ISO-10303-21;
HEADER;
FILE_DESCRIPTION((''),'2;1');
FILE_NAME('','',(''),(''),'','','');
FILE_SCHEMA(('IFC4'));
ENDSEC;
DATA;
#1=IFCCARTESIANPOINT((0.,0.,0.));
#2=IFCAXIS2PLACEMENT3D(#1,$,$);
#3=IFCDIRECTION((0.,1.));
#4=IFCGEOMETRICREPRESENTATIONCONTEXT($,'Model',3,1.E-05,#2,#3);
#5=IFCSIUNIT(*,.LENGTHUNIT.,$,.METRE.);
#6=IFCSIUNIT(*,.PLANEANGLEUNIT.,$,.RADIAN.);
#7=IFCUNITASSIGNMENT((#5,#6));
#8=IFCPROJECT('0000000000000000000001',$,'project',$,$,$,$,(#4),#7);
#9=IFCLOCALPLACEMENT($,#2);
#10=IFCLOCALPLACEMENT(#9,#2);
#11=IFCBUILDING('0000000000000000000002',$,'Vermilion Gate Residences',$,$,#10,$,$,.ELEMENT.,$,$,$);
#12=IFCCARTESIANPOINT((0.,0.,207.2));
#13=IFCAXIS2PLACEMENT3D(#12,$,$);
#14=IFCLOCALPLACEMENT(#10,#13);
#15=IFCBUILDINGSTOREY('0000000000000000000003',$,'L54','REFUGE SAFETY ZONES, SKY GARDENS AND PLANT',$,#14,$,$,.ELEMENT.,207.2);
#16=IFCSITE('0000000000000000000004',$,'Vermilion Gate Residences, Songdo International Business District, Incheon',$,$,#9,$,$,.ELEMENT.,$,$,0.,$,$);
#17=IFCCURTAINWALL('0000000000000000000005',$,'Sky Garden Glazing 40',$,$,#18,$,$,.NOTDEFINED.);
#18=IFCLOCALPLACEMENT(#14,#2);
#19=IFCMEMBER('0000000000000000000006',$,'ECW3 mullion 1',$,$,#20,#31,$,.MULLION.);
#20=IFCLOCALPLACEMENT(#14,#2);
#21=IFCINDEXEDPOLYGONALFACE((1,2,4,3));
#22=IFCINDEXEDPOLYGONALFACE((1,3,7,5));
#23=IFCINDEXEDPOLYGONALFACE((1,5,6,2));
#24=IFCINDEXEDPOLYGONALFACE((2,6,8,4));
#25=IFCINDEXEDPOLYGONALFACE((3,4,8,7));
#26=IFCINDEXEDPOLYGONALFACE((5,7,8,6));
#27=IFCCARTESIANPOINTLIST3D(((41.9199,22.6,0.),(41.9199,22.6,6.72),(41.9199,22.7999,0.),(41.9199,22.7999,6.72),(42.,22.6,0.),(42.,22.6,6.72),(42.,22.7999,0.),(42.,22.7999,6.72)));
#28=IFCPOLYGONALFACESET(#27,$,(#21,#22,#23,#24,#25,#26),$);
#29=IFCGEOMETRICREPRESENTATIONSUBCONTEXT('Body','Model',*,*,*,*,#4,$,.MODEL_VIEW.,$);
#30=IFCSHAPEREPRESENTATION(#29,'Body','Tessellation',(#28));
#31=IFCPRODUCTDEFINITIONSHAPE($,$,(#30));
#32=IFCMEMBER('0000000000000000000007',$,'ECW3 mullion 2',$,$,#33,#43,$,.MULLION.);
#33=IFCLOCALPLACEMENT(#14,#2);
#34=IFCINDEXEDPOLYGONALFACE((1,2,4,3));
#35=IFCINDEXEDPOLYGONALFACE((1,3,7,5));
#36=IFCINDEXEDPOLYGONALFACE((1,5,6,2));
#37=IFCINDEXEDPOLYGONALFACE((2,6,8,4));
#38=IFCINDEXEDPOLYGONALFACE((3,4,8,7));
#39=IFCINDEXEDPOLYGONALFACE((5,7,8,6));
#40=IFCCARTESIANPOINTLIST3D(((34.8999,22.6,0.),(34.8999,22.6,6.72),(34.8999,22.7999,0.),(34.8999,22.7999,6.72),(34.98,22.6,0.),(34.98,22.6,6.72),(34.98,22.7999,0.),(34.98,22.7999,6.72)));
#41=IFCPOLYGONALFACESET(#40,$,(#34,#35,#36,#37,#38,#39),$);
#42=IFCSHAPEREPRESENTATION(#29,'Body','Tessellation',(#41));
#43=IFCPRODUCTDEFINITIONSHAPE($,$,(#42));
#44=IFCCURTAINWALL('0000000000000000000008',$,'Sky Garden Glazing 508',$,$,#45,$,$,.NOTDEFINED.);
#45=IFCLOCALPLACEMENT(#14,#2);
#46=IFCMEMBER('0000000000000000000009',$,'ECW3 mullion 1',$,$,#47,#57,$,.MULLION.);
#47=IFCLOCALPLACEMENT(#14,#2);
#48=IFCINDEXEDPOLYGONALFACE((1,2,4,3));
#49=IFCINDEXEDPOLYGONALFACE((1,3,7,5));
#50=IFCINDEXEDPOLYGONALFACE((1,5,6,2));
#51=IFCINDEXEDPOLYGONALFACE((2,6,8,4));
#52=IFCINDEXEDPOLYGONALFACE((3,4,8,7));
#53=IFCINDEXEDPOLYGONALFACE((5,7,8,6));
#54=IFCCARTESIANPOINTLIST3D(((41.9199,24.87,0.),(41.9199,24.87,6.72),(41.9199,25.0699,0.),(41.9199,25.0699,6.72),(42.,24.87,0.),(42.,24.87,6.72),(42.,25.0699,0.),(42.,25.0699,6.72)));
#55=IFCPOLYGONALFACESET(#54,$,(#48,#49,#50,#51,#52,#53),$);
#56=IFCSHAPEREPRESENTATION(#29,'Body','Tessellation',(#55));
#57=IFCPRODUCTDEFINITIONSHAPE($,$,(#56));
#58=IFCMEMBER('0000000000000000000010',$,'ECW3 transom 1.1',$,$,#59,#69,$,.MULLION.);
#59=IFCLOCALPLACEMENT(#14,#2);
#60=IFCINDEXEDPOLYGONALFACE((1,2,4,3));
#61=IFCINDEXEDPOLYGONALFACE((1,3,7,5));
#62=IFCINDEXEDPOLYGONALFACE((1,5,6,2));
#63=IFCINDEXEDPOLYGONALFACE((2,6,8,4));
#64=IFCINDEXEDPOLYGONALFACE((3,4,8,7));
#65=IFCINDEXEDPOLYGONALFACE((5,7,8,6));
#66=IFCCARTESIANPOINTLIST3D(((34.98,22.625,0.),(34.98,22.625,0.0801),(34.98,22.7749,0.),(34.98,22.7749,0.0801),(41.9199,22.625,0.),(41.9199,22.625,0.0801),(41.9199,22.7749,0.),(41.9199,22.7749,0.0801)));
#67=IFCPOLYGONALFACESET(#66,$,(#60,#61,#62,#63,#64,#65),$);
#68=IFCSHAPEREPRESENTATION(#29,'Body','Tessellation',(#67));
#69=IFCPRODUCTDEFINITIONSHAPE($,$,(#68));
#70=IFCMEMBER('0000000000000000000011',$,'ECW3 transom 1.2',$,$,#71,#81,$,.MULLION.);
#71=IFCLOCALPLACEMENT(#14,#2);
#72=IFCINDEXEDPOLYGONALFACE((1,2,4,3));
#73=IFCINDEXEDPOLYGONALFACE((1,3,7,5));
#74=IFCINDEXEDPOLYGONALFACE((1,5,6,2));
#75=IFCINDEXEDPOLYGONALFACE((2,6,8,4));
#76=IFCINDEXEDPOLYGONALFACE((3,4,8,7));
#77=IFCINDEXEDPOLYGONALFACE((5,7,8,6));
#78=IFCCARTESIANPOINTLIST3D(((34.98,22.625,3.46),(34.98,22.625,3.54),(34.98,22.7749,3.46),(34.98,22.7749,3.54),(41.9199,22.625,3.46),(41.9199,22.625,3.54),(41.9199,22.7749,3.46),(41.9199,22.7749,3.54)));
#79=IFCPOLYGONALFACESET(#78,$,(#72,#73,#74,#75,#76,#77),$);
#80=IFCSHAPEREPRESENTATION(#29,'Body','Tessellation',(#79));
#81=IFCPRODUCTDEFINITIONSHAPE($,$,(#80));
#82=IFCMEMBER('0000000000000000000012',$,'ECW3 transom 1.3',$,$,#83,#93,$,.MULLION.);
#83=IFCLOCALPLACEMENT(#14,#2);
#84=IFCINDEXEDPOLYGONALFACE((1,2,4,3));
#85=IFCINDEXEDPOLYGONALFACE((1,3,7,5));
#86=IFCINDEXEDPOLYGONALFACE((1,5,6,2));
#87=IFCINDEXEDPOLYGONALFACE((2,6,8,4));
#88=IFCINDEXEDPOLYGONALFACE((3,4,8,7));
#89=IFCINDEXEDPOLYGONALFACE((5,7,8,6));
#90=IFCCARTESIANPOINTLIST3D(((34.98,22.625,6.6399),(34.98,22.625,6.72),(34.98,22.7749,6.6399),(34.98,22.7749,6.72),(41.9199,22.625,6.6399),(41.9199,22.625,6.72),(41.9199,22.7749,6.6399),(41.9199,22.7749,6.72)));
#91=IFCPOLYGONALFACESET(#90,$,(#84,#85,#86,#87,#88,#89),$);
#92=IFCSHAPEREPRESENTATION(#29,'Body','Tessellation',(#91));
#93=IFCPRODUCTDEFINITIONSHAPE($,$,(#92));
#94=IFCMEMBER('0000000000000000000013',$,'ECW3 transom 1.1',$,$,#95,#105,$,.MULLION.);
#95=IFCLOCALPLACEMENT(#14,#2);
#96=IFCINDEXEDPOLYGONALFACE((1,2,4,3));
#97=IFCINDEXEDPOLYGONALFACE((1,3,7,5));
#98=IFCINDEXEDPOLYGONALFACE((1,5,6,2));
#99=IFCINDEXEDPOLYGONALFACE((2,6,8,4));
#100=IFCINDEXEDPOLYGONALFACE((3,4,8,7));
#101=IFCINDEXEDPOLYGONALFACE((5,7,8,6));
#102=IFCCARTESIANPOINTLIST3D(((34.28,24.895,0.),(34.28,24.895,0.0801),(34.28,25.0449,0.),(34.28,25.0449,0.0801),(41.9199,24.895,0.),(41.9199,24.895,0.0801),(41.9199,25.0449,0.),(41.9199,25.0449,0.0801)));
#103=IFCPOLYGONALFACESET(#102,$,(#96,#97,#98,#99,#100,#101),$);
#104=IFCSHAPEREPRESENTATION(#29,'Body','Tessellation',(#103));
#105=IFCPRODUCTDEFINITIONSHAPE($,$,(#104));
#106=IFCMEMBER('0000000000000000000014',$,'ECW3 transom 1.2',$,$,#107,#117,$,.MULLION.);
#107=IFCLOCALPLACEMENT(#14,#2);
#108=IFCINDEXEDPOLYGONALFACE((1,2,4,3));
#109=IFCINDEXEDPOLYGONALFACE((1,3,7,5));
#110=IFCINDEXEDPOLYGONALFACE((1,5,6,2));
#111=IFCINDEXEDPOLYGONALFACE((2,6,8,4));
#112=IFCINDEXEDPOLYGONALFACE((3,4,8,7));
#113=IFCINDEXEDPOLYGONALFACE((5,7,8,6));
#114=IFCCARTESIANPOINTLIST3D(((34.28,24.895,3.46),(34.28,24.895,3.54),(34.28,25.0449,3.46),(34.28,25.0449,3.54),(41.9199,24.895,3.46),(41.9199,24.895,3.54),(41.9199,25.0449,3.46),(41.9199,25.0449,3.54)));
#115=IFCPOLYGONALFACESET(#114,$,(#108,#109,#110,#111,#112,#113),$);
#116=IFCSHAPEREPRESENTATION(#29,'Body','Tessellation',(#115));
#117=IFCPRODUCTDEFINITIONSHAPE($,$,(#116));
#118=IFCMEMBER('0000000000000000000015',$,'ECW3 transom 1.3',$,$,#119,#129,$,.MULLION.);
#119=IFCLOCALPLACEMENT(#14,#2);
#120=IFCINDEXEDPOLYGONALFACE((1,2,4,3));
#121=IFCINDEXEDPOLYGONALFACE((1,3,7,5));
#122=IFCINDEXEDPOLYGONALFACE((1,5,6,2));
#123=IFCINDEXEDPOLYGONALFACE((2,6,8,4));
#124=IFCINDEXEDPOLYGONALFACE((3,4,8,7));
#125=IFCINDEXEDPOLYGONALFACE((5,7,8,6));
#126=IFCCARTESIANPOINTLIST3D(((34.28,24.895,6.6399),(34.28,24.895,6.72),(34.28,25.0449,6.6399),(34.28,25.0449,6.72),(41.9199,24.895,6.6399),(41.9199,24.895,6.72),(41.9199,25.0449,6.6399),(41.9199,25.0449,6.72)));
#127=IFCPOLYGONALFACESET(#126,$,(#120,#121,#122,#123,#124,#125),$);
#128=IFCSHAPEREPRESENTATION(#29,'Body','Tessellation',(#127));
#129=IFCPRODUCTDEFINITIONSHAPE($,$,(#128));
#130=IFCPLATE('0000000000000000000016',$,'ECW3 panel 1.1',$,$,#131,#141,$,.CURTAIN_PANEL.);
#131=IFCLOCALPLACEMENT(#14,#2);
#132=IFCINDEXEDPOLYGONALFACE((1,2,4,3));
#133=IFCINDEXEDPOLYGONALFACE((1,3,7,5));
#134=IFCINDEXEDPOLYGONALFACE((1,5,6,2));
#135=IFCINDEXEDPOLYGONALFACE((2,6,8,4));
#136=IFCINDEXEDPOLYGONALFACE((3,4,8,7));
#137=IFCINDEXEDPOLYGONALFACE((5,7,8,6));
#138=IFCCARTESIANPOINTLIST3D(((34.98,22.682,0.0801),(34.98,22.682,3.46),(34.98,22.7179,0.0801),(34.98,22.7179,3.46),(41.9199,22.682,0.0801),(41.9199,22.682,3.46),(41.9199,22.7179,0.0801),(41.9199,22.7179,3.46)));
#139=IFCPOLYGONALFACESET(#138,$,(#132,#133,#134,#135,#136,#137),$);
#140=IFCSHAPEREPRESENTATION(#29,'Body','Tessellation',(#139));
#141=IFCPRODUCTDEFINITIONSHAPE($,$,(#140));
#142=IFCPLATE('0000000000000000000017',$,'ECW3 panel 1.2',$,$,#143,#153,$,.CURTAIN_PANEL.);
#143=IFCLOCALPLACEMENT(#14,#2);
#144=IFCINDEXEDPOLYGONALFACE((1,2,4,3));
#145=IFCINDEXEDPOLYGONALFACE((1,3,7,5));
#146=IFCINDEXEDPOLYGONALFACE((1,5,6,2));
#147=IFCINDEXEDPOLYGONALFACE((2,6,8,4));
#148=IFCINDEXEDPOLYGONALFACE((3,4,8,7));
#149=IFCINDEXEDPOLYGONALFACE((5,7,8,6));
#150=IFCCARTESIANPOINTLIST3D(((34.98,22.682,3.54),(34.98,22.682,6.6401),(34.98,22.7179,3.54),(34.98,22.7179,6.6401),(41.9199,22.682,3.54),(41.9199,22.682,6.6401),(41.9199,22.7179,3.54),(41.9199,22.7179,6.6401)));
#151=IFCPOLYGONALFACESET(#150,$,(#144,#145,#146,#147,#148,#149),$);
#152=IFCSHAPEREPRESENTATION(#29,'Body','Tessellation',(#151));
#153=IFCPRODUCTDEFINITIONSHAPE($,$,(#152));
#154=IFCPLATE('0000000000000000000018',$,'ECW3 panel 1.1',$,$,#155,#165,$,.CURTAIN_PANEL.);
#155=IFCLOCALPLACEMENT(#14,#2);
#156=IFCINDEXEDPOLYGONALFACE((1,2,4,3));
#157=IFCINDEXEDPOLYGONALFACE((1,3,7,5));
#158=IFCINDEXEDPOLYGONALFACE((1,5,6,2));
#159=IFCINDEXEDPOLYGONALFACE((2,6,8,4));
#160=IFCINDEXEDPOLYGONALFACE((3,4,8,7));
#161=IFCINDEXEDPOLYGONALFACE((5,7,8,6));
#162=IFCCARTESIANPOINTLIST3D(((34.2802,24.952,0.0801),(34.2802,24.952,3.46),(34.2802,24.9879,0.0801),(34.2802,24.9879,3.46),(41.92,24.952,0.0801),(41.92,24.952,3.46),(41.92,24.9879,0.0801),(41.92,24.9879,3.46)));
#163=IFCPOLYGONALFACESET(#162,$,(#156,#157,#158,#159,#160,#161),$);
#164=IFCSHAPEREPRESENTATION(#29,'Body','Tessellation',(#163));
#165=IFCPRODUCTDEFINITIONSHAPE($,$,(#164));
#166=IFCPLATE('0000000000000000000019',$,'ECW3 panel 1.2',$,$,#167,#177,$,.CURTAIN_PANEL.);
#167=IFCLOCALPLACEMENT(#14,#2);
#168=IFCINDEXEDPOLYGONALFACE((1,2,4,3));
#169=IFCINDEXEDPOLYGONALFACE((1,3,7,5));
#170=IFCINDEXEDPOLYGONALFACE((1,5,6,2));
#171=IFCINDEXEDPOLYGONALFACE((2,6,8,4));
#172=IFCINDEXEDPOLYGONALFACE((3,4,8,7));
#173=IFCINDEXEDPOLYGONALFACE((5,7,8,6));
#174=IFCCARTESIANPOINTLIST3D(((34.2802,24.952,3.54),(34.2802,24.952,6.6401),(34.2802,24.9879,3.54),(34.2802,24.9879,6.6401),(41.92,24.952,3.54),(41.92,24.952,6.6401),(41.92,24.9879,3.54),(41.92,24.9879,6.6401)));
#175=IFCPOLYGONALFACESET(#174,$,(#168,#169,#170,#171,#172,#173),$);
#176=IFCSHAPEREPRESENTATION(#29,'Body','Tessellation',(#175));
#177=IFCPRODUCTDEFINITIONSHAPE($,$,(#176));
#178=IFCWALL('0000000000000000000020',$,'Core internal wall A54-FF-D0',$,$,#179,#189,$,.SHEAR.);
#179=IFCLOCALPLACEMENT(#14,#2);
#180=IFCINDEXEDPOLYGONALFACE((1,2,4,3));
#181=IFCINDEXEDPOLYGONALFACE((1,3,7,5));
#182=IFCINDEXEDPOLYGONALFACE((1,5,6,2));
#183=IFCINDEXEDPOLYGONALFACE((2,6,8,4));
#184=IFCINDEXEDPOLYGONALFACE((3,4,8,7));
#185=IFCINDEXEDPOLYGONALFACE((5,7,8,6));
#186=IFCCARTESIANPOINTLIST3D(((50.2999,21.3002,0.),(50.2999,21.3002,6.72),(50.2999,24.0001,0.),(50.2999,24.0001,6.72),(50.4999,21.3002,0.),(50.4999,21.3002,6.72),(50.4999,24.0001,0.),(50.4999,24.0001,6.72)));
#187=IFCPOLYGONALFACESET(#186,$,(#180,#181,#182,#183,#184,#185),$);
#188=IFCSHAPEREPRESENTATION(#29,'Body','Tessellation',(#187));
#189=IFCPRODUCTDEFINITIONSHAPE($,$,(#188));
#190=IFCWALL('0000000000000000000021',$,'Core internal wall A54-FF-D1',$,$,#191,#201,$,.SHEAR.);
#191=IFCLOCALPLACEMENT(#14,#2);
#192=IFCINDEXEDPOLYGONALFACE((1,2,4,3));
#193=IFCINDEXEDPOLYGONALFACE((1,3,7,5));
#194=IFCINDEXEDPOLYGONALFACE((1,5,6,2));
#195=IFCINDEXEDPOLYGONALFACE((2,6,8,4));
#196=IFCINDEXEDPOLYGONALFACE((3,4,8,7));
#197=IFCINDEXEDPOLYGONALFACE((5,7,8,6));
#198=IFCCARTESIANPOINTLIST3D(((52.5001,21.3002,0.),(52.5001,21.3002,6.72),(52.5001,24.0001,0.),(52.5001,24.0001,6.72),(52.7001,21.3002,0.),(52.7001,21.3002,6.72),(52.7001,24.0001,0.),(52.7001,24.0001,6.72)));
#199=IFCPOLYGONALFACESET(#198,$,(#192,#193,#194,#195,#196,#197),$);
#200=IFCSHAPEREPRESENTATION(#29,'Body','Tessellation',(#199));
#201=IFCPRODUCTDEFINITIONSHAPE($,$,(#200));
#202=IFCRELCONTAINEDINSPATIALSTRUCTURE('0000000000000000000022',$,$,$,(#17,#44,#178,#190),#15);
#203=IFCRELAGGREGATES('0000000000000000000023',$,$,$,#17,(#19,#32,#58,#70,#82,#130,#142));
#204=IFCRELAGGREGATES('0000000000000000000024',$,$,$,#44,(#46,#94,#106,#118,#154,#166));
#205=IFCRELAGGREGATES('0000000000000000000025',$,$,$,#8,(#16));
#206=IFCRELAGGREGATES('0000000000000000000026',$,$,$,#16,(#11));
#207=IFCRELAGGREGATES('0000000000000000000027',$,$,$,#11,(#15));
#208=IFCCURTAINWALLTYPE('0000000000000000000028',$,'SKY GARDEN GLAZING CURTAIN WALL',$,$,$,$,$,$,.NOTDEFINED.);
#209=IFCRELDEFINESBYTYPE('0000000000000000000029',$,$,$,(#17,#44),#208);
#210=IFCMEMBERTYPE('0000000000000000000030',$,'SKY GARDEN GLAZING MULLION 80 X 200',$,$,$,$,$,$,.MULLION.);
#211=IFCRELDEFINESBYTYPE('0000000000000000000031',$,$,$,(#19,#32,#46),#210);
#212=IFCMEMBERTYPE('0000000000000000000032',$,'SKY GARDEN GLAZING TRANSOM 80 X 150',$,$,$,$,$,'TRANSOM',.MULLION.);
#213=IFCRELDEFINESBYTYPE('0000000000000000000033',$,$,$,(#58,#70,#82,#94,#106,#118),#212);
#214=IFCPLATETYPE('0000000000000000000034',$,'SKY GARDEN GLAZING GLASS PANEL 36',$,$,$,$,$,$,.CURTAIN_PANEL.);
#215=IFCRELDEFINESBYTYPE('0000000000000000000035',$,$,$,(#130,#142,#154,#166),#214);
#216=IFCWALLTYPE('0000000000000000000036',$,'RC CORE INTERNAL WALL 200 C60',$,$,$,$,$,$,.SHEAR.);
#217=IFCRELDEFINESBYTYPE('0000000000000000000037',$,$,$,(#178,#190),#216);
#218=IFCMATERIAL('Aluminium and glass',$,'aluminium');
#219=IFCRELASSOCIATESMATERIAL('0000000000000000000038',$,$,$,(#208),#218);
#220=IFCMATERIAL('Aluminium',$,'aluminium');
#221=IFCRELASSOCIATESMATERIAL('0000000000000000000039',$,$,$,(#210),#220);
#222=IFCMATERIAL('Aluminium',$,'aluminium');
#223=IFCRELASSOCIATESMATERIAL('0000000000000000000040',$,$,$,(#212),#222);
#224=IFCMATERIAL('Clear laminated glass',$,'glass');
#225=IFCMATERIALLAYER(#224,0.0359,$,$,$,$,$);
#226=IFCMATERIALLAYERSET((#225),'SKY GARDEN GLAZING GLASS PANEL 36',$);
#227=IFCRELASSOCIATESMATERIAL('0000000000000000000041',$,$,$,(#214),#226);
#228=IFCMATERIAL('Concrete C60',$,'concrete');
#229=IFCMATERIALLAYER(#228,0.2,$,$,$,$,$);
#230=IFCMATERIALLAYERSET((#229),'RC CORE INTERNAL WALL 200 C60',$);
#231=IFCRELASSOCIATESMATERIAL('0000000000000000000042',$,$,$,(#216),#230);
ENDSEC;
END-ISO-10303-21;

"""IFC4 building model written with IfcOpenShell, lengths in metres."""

from ifc_helpers import new_model, si_unit, direction, frame, frame_2d, origin, origin_2d, place, context, subcontext, project, spatial, rectangle, extrude, material, layer, layer_set, material_profile, profile_set, type_object, element, aggregate, save


model = new_model("IFC4")

# Units and contexts
model_context = context("Model", 3, precision=1e-05, world=origin(), true_north=direction((0.0, 1.0)))
body_context = subcontext(model_context, "Body", "Model", "MODEL_VIEW")
ifc_project = project(units=[si_unit("LENGTHUNIT", "METRE"), si_unit("PLANEANGLEUNIT", "RADIAN")], contexts=[model_context])

# Site, building, storey
site_placement = place(None, origin())
site = spatial("IfcSite", under=ifc_project, at=site_placement, Name="Vermilion Gate Residences, Songdo International Business District, Incheon", CompositionType="ELEMENT", RefElevation=0.0)
building_placement = place(site_placement, origin())
building = spatial("IfcBuilding", under=site, at=building_placement, Name="Vermilion Gate Residences", CompositionType="ELEMENT")
storey_placement = place(building_placement, frame((0.0, 0.0, 207.2)))
storey = spatial("IfcBuildingStorey", under=building, at=storey_placement, Name="L54", Description="REFUGE SAFETY ZONES, SKY GARDENS AND PLANT", CompositionType="ELEMENT", Elevation=207.2)

# Curtain wall, members
ifc_material_1 = material(Name="Aluminium and glass", Category="aluminium")
curtain_wall_type = type_object("IfcCurtainWallType", Name="SKY GARDEN GLAZING CURTAIN WALL", PredefinedType="NOTDEFINED", material=ifc_material_1)
curtain_wall_1_placement = place(storey_placement, origin())
curtain_wall_1 = element("IfcCurtainWall", 1, at=curtain_wall_1_placement, inside=storey, type_object=curtain_wall_type, Name="Sky Garden Glazing 40", PredefinedType="NOTDEFINED")
ifc_material_2 = material(Name="Aluminium", Category="aluminium")
ifc_material_profile_1 = material_profile(ifc_material_2, rectangle(XDim=0.2, YDim=0.0801, at=origin_2d()), Name="MULLION 80 X 200")
ifc_profile_set_1 = profile_set([ifc_material_profile_1], Name="Aluminium")
member_type_1 = type_object("IfcMemberType", Name="SKY GARDEN GLAZING MULLION 80 X 200", PredefinedType="MULLION", material=ifc_profile_set_1)
member_1_placement = place(storey_placement, frame((41.96, 22.7, 0.0), z_axis=(0.0, 0.0, 1.0), x_axis=(0.0, -1.0, 0.0)))
member_1 = element("IfcMember", 2, at=member_1_placement, type_object=member_type_1, Name="ECW3 mullion 1", PredefinedType="MULLION", context=body_context, shape_type="SweptSolid", body=[
    extrude(rectangle(XDim=0.2, YDim=0.0801, at=origin_2d()), origin(), (0.0, 0.0, 1.0), 6.72),
])
member_2_placement = place(storey_placement, frame((34.9399, 22.7, 0.0), z_axis=(0.0, 0.0, 1.0), x_axis=(0.0, -1.0, 0.0)))
member_2 = element("IfcMember", 3, at=member_2_placement, type_object=member_type_1, Name="ECW3 mullion 2", PredefinedType="MULLION", context=body_context, shape_type="SweptSolid", body=[
    extrude(rectangle(XDim=0.2, YDim=0.0801, at=origin_2d()), origin(), (0.0, 0.0, 1.0), 6.72),
])

# Curtain wall, member
curtain_wall_2_placement = place(storey_placement, origin())
curtain_wall_2 = element("IfcCurtainWall", 4, at=curtain_wall_2_placement, inside=storey, type_object=curtain_wall_type, Name="Sky Garden Glazing 508", PredefinedType="NOTDEFINED")
member_3_placement = place(storey_placement, frame((41.96, 24.97, 0.0), z_axis=(0.0, 0.0, 1.0), x_axis=(0.0, -1.0, 0.0)))
member_3 = element("IfcMember", 5, at=member_3_placement, type_object=member_type_1, Name="ECW3 mullion 1", PredefinedType="MULLION", context=body_context, shape_type="SweptSolid", body=[
    extrude(rectangle(XDim=0.2, YDim=0.0801, at=origin_2d()), origin(), (0.0, 0.0, 1.0), 6.72),
])

# Members
ifc_material_3 = material(Name="Aluminium", Category="aluminium")
ifc_material_profile_2 = material_profile(ifc_material_3, rectangle(XDim=0.1499, YDim=0.0801, at=origin_2d()), Name="TRANSOM 80 X 150")
ifc_profile_set_2 = profile_set([ifc_material_profile_2], Name="Aluminium")
member_type_2 = type_object("IfcMemberType", Name="SKY GARDEN GLAZING TRANSOM 80 X 150", ElementType="TRANSOM", PredefinedType="MULLION", material=ifc_profile_set_2)
member_4_placement = place(storey_placement, frame((41.9199, 22.7, 0.04), z_axis=(-1.0, 0.0, 0.0), x_axis=(0.0, -1.0, 0.0)))
member_4 = element("IfcMember", 6, at=member_4_placement, type_object=member_type_2, Name="ECW3 transom 1.1", PredefinedType="MULLION", context=body_context, shape_type="SweptSolid", body=[
    extrude(rectangle(XDim=0.1499, YDim=0.0801, at=origin_2d()), origin(), (0.0, 0.0, 1.0), 6.9399),
])
member_5_placement = place(storey_placement, frame((41.9199, 22.7, 3.5), z_axis=(-1.0, 0.0, 0.0), x_axis=(0.0, -1.0, 0.0)))
member_5 = element("IfcMember", 7, at=member_5_placement, type_object=member_type_2, Name="ECW3 transom 1.2", PredefinedType="MULLION", context=body_context, shape_type="SweptSolid", body=[
    extrude(rectangle(XDim=0.1499, YDim=0.0801, at=origin_2d()), origin(), (0.0, 0.0, 1.0), 6.9399),
])
member_6_placement = place(storey_placement, frame((41.9199, 22.7, 6.6799), z_axis=(-1.0, 0.0, 0.0), x_axis=(0.0, -1.0, 0.0)))
member_6 = element("IfcMember", 8, at=member_6_placement, type_object=member_type_2, Name="ECW3 transom 1.3", PredefinedType="MULLION", context=body_context, shape_type="SweptSolid", body=[
    extrude(rectangle(XDim=0.1499, YDim=0.0801, at=origin_2d()), origin(), (0.0, 0.0, 1.0), 6.9399),
])
member_7_placement = place(storey_placement, frame((41.9199, 24.97, 0.04), z_axis=(-1.0, 0.0, 0.0), x_axis=(0.0, -1.0, 0.0)))
member_7 = element("IfcMember", 9, at=member_7_placement, type_object=member_type_2, Name="ECW3 transom 1.1", PredefinedType="MULLION", context=body_context, shape_type="SweptSolid", body=[
    extrude(rectangle(XDim=0.1499, YDim=0.0801, at=origin_2d()), origin(), (0.0, 0.0, 1.0), 7.6399),
])
member_8_placement = place(storey_placement, frame((41.9199, 24.97, 3.5), z_axis=(-1.0, 0.0, 0.0), x_axis=(0.0, -1.0, 0.0)))
member_8 = element("IfcMember", 10, at=member_8_placement, type_object=member_type_2, Name="ECW3 transom 1.2", PredefinedType="MULLION", context=body_context, shape_type="SweptSolid", body=[
    extrude(rectangle(XDim=0.1499, YDim=0.0801, at=origin_2d()), origin(), (0.0, 0.0, 1.0), 7.6399),
])
member_9_placement = place(storey_placement, frame((41.9199, 24.97, 6.6799), z_axis=(-1.0, 0.0, 0.0), x_axis=(0.0, -1.0, 0.0)))
member_9 = element("IfcMember", 11, at=member_9_placement, type_object=member_type_2, Name="ECW3 transom 1.3", PredefinedType="MULLION", context=body_context, shape_type="SweptSolid", body=[
    extrude(rectangle(XDim=0.1499, YDim=0.0801, at=origin_2d()), origin(), (0.0, 0.0, 1.0), 7.6399),
])

# Plates
ifc_material_4 = material(Name="Clear laminated glass", Category="glass")
ifc_layer_1 = layer(ifc_material_4, 0.0359)
ifc_layer_set_1 = layer_set([ifc_layer_1], Name="SKY GARDEN GLAZING GLASS PANEL 36")
plate_type = type_object("IfcPlateType", Name="SKY GARDEN GLAZING GLASS PANEL 36", PredefinedType="CURTAIN_PANEL", material=ifc_layer_set_1)
plate_1_placement = place(storey_placement, frame((38.45, 22.7, 0.0801), z_axis=(0.0, 0.0, 1.0), x_axis=(-1.0, 0.0, 0.0)))
plate_1 = element("IfcPlate", 12, at=plate_1_placement, type_object=plate_type, Name="ECW3 panel 1.1", PredefinedType="CURTAIN_PANEL", context=body_context, shape_type="SweptSolid", body=[
    extrude(rectangle(XDim=6.9399, YDim=0.0359, at=origin_2d()), origin(), (0.0, 0.0, 1.0), 3.3799),
])
plate_2_placement = place(storey_placement, frame((38.45, 22.7, 3.54), z_axis=(0.0, 0.0, 1.0), x_axis=(-1.0, 0.0, 0.0)))
plate_2 = element("IfcPlate", 13, at=plate_2_placement, type_object=plate_type, Name="ECW3 panel 1.2", PredefinedType="CURTAIN_PANEL", context=body_context, shape_type="SweptSolid", body=[
    extrude(rectangle(XDim=6.9399, YDim=0.0359, at=origin_2d()), origin(), (0.0, 0.0, 1.0), 3.1001),
])
aggregate(curtain_wall_1, [member_1, member_2, member_4, member_5, member_6, plate_1, plate_2])
plate_3_placement = place(storey_placement, frame((38.1001, 24.97, 0.0801), z_axis=(0.0, 0.0, 1.0), x_axis=(-1.0, 0.0, 0.0)))
plate_3 = element("IfcPlate", 14, at=plate_3_placement, type_object=plate_type, Name="ECW3 panel 1.1", PredefinedType="CURTAIN_PANEL", context=body_context, shape_type="SweptSolid", body=[
    extrude(rectangle(XDim=7.6399, YDim=0.0359, at=origin_2d()), origin(), (0.0, 0.0, 1.0), 3.3799),
])
plate_4_placement = place(storey_placement, frame((38.1001, 24.97, 3.54), z_axis=(0.0, 0.0, 1.0), x_axis=(-1.0, 0.0, 0.0)))
plate_4 = element("IfcPlate", 15, at=plate_4_placement, type_object=plate_type, Name="ECW3 panel 1.2", PredefinedType="CURTAIN_PANEL", context=body_context, shape_type="SweptSolid", body=[
    extrude(rectangle(XDim=7.6399, YDim=0.0359, at=origin_2d()), origin(), (0.0, 0.0, 1.0), 3.1001),
])
aggregate(curtain_wall_2, [member_3, member_7, member_8, member_9, plate_3, plate_4])

# Walls
ifc_material_5 = material(Name="Concrete C60", Category="concrete")
ifc_layer_2 = layer(ifc_material_5, 0.2)
ifc_layer_set_2 = layer_set([ifc_layer_2], Name="RC CORE INTERNAL WALL 200 C60")
wall_type_1 = type_object("IfcWallType", Name="RC CORE INTERNAL WALL 200 C60", PredefinedType="SHEAR", material=ifc_layer_set_2)
for number, where, z_axis, x_axis, name in (
    (16, (50.3999, 21.3, 0.0), (0.0, 0.0, 1.0), (0.0, 1.0, 0.0), "Core internal wall A54-FF-D0"),
    (17, (52.6001, 21.3, 0.0), (0.0, 0.0, 1.0), (0.0, 1.0, 0.0), "Core internal wall A54-FF-D1"),
):
    element("IfcWall", number, at=place(storey_placement, frame(where, z_axis=z_axis, x_axis=x_axis)), inside=storey, type_object=wall_type_1, Name=name, PredefinedType="SHEAR", context=body_context, shape_type="SweptSolid", body=[
        extrude(rectangle(XDim=2.7, YDim=0.2, at=frame_2d((1.3501, 0.0))), origin(), (0.0, 0.0, 1.0), 6.72),
    ])

save(model, "model.ifc")
